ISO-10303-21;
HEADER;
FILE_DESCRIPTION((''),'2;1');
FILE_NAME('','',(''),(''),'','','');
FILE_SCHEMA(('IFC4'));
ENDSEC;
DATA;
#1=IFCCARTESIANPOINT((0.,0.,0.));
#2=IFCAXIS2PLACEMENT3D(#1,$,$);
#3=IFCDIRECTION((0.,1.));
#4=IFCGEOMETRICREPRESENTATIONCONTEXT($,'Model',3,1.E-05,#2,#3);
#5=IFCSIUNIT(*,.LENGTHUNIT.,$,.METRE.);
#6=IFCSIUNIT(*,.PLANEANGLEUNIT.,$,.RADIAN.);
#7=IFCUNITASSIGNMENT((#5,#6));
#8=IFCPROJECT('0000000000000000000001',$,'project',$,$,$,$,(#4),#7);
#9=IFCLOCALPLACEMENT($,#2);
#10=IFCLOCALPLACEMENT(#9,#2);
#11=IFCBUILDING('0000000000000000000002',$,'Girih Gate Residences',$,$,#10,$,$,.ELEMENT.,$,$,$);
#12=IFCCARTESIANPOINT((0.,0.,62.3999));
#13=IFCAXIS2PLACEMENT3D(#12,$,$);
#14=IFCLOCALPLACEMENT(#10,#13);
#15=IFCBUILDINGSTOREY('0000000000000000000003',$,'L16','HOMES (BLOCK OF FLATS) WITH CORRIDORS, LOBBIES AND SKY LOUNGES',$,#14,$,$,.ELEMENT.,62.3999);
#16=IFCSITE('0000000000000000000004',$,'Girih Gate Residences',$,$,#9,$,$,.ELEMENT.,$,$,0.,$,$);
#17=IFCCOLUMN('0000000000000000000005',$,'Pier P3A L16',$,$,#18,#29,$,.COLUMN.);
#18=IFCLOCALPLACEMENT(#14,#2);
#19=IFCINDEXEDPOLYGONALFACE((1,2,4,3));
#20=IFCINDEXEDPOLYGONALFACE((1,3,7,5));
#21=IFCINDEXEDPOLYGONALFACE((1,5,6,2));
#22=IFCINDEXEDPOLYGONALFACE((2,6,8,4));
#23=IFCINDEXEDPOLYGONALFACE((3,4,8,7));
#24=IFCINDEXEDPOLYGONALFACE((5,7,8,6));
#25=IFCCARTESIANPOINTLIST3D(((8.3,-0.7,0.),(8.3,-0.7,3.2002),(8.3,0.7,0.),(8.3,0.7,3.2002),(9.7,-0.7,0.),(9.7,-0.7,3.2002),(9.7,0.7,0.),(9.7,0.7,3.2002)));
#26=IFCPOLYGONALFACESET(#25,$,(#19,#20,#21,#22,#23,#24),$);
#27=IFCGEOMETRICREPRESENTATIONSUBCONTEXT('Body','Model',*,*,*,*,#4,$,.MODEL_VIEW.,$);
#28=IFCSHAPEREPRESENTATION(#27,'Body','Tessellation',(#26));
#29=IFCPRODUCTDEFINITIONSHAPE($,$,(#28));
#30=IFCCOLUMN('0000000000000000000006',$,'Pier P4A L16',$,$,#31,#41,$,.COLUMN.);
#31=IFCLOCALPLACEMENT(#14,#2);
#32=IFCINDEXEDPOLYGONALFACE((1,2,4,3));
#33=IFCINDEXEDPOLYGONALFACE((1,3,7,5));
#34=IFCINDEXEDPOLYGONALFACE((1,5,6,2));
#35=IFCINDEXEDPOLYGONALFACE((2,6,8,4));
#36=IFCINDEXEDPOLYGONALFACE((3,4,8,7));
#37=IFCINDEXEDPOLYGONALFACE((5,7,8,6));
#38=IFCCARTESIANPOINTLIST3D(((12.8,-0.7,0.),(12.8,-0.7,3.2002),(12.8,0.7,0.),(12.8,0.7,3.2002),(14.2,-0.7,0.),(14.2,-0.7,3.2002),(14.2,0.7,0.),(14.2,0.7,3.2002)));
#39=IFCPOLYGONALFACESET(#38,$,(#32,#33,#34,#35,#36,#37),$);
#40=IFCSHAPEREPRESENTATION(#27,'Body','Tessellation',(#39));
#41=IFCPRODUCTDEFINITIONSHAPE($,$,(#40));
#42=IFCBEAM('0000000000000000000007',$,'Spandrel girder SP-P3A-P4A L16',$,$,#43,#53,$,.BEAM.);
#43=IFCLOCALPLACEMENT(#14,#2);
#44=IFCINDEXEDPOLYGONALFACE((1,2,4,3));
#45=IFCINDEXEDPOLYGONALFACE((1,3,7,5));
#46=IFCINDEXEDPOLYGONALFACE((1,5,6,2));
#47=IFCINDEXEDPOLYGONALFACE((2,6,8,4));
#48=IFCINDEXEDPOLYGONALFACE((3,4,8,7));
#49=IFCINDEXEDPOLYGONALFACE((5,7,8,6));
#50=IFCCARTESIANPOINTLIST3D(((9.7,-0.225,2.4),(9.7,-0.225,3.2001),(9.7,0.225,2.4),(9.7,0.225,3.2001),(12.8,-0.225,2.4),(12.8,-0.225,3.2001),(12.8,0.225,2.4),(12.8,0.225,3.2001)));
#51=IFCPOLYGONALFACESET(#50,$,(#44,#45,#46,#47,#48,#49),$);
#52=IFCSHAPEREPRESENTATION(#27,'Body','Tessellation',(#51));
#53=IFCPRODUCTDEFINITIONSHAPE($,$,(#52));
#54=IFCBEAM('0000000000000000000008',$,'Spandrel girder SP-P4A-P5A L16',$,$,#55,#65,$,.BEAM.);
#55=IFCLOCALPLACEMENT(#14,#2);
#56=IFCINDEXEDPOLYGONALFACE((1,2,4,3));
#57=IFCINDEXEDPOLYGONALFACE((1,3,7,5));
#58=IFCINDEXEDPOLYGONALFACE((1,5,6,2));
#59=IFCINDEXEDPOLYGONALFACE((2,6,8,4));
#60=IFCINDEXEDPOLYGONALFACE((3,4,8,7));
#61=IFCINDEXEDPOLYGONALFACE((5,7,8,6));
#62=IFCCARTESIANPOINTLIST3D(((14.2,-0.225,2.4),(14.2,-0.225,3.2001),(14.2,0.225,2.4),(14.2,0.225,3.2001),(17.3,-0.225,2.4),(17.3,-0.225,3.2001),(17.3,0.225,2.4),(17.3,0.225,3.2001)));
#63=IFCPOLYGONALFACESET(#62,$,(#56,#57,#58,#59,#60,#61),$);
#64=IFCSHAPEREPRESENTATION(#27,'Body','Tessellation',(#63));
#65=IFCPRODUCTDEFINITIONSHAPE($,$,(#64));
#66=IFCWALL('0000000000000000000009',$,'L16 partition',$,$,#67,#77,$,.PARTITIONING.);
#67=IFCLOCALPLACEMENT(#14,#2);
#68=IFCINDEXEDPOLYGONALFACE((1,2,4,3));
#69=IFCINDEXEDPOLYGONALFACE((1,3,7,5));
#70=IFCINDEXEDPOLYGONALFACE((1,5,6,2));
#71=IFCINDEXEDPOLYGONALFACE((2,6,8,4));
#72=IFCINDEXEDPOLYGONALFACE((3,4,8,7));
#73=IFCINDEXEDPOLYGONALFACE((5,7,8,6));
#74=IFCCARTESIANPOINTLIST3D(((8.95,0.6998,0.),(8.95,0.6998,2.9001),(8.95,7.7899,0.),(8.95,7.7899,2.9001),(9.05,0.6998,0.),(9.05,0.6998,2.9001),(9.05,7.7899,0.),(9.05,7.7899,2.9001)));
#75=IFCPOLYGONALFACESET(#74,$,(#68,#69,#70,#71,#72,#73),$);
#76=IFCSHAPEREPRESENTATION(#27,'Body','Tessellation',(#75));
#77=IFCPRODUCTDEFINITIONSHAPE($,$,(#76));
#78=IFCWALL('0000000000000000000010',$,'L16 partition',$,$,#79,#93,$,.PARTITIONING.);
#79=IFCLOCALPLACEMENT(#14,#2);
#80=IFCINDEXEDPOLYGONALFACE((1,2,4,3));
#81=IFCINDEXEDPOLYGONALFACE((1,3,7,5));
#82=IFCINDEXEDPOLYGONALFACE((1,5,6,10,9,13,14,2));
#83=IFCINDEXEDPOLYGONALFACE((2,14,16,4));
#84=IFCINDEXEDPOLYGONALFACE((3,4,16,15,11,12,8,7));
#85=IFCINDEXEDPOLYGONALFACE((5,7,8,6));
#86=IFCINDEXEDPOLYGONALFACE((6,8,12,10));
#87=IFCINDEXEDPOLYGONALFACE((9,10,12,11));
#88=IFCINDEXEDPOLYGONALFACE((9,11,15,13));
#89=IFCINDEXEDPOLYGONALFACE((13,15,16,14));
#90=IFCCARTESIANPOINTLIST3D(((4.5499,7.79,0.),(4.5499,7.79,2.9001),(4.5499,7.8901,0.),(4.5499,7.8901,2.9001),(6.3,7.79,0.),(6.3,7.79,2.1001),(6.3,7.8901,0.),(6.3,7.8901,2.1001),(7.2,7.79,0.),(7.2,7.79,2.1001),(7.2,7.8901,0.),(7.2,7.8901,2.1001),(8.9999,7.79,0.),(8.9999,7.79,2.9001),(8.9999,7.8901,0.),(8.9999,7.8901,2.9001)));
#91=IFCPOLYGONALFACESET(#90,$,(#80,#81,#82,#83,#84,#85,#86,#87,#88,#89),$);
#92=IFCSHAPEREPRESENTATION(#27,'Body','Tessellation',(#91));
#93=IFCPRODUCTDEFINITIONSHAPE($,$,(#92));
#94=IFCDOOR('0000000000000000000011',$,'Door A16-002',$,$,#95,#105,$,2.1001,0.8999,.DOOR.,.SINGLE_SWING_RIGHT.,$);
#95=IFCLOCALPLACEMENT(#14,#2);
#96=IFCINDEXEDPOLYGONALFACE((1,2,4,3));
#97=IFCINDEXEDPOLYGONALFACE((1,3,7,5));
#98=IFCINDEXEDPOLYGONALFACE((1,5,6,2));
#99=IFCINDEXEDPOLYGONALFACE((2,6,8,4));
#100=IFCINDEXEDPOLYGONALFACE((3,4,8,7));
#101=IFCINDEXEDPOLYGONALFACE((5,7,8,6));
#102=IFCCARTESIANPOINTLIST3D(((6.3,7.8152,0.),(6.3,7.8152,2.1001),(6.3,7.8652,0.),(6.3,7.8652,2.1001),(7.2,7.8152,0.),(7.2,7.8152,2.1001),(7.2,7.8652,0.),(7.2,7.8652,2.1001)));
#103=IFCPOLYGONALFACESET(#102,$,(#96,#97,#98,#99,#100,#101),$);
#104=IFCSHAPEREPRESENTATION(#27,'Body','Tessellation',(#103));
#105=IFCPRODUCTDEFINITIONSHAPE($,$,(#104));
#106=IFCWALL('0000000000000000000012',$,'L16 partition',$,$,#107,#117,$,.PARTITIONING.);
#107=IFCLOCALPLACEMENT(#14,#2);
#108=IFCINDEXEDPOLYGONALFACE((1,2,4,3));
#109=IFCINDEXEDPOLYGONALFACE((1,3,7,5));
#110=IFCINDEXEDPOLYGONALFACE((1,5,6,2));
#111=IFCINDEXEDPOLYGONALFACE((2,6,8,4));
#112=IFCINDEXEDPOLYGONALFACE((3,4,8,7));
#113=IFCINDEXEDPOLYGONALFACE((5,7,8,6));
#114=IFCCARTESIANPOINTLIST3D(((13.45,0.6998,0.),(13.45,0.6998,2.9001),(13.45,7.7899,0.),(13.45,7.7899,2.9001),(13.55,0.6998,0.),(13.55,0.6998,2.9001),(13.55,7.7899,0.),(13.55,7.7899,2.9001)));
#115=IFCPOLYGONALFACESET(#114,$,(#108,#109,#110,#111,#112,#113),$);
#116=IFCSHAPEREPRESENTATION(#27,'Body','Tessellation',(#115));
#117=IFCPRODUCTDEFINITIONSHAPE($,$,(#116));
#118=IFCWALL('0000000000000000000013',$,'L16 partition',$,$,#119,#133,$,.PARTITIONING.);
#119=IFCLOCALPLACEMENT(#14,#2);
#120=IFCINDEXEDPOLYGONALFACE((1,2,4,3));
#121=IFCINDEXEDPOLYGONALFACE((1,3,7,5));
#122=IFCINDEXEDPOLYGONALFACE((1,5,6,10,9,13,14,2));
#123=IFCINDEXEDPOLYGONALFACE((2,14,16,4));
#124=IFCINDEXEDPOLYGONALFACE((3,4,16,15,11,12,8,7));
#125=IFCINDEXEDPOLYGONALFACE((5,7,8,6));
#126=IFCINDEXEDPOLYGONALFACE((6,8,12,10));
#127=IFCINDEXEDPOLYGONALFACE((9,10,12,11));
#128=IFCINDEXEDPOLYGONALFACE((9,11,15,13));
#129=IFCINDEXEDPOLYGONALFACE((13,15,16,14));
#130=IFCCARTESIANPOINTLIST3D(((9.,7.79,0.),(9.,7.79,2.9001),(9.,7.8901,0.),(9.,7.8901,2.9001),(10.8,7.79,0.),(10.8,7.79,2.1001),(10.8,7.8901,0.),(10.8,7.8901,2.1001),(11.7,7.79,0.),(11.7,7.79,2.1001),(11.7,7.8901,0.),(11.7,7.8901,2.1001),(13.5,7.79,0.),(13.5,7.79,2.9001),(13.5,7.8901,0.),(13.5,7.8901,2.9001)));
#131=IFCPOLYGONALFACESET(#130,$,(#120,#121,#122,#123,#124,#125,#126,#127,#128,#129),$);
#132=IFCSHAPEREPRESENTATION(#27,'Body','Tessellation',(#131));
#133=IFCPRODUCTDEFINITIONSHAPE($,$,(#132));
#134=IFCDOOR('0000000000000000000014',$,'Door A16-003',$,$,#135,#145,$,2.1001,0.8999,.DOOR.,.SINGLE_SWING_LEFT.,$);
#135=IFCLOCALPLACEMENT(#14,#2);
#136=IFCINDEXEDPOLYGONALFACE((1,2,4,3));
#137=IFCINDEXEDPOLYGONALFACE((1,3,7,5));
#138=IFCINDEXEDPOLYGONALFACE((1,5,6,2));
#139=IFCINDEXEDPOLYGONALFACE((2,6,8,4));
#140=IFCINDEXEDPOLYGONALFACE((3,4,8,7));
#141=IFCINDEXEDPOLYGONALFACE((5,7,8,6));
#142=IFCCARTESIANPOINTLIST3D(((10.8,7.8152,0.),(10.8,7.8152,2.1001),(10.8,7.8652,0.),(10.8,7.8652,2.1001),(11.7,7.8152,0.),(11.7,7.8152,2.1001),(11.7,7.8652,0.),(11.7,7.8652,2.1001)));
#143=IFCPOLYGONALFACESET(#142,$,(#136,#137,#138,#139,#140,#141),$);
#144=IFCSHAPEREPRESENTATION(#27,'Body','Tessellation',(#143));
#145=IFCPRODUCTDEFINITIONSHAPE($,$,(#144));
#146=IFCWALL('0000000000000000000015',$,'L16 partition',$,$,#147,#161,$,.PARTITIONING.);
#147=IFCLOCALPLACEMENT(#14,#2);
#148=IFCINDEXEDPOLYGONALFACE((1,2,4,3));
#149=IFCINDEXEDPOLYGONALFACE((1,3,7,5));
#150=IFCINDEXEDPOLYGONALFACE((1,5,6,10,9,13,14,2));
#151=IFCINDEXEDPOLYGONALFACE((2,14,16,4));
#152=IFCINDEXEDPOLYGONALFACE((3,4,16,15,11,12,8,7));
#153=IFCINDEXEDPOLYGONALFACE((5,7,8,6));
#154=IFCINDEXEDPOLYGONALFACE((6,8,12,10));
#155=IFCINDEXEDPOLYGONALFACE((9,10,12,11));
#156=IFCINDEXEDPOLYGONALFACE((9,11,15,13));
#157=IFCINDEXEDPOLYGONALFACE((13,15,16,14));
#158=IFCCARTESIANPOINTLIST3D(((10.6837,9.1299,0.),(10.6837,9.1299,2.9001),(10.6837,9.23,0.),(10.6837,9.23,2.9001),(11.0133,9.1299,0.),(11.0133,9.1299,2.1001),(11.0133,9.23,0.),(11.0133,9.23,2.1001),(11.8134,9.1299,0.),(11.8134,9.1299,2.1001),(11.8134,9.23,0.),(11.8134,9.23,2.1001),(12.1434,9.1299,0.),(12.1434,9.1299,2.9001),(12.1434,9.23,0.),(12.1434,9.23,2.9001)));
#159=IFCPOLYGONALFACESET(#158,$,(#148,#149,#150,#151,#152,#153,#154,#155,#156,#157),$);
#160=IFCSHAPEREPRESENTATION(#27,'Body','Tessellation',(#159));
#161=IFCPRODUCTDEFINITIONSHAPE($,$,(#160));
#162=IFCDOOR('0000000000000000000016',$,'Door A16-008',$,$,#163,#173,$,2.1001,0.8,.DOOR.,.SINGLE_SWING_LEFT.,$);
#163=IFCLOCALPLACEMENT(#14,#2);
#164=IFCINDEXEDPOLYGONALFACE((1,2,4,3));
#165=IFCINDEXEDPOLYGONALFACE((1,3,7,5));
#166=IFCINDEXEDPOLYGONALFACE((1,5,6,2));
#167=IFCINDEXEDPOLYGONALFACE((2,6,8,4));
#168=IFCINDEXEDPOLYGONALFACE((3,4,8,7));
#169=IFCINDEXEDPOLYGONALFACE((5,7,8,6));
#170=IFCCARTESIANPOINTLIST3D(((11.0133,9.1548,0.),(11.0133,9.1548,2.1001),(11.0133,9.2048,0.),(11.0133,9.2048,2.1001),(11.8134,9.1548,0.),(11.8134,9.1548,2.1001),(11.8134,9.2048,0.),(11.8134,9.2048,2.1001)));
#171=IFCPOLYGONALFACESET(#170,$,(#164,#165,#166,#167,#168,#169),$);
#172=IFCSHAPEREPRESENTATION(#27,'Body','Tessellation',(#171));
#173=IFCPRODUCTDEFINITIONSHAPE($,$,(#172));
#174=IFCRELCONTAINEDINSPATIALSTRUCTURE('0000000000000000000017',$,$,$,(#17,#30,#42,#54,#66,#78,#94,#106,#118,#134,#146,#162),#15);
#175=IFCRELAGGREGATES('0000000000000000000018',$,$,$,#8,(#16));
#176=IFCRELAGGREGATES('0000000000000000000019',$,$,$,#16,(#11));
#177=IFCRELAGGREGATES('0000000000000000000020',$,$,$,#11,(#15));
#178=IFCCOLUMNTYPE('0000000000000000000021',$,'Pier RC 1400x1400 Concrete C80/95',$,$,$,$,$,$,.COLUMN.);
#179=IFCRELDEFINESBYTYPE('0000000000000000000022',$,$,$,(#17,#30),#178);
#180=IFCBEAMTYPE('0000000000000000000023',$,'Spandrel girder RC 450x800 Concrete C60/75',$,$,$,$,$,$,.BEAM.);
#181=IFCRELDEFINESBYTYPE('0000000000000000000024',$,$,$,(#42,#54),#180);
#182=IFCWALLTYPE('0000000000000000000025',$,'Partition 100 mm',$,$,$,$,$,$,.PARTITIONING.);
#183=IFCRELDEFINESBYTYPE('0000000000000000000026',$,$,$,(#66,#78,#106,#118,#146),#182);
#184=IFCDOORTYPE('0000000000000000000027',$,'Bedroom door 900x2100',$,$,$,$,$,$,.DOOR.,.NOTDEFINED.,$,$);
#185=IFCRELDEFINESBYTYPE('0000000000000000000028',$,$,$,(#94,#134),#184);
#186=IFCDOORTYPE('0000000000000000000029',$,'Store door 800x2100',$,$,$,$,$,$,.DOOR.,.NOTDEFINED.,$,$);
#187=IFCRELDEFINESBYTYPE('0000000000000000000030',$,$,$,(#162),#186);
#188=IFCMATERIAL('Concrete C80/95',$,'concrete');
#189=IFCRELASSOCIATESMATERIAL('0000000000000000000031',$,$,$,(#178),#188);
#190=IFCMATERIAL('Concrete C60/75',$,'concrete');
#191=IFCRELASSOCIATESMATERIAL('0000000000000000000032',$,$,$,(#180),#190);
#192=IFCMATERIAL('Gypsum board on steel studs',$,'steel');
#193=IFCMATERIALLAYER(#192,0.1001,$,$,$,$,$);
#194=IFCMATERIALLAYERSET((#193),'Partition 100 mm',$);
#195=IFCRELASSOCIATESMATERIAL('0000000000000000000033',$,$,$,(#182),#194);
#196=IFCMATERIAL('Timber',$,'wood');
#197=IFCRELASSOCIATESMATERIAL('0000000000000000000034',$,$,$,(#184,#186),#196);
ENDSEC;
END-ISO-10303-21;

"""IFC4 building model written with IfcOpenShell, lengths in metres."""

from ifc_helpers import new_model, si_unit, direction, frame, frame_2d, origin, origin_2d, place, context, subcontext, project, spatial, rectangle, extrude, material, layer, layer_set, material_profile, profile_set, type_object, element, fill, save


model = new_model("IFC4")

# Units and contexts
model_context = context("Model", 3, precision=1e-05, world=origin(), true_north=direction((0.0, 1.0)))
body_context = subcontext(model_context, "Body", "Model", "MODEL_VIEW")
ifc_project = project(units=[si_unit("LENGTHUNIT", "METRE"), si_unit("PLANEANGLEUNIT", "RADIAN")], contexts=[model_context])

# Site, building, storey
site_placement = place(None, origin())
site = spatial("IfcSite", under=ifc_project, at=site_placement, Name="Girih Gate Residences", CompositionType="ELEMENT", RefElevation=0.0)
building_placement = place(site_placement, origin())
building = spatial("IfcBuilding", under=site, at=building_placement, Name="Girih Gate Residences", CompositionType="ELEMENT")
storey_placement = place(building_placement, frame((0.0, 0.0, 62.3999)))
storey = spatial("IfcBuildingStorey", under=building, at=storey_placement, Name="L16", Description="HOMES (BLOCK OF FLATS) WITH CORRIDORS, LOBBIES AND SKY LOUNGES", CompositionType="ELEMENT", Elevation=62.3999)

# Columns
ifc_material_1 = material(Name="Concrete C80/95", Category="concrete")
ifc_material_profile_1 = material_profile(ifc_material_1, rectangle(XDim=1.3999, YDim=1.3999, at=origin_2d()))
ifc_profile_set_1 = profile_set([ifc_material_profile_1], Name="Concrete C80/95")
column_type = type_object("IfcColumnType", Name="Pier RC 1400x1400 Concrete C80/95", PredefinedType="COLUMN", material=ifc_profile_set_1)
for number, where, z_axis, x_axis, name in (
    (1, (9.0, 0.0, 0.0), (0.0, 0.0, 1.0), (1.0, 0.0, 0.0), "Pier P3A L16"),
    (2, (13.5, 0.0, 0.0), (0.0, 0.0, 1.0), (1.0, 0.0, 0.0), "Pier P4A L16"),
):
    element("IfcColumn", number, at=place(storey_placement, frame(where, z_axis=z_axis, x_axis=x_axis)), inside=storey, type_object=column_type, Name=name, PredefinedType="COLUMN", context=body_context, shape_type="SweptSolid", body=[
        extrude(rectangle(XDim=1.3999, YDim=1.3999, at=origin_2d()), origin(), (0.0, 0.0, 1.0), 3.2002),
    ])

# Beams
ifc_material_2 = material(Name="Concrete C60/75", Category="concrete")
ifc_material_profile_2 = material_profile(ifc_material_2, rectangle(XDim=0.45, YDim=0.8, at=origin_2d()))
ifc_profile_set_2 = profile_set([ifc_material_profile_2], Name="Concrete C60/75")
beam_type = type_object("IfcBeamType", Name="Spandrel girder RC 450x800 Concrete C60/75", PredefinedType="BEAM", material=ifc_profile_set_2)
for number, where, z_axis, x_axis, name in (
    (3, (9.7, 0.0, 2.8), (1.0, 0.0, 0.0), (0.0, 1.0, 0.0), "Spandrel girder SP-P3A-P4A L16"),
    (4, (14.2, 0.0, 2.8), (1.0, 0.0, 0.0), (0.0, 1.0, 0.0), "Spandrel girder SP-P4A-P5A L16"),
):
    element("IfcBeam", number, at=place(storey_placement, frame(where, z_axis=z_axis, x_axis=x_axis)), inside=storey, type_object=beam_type, Name=name, PredefinedType="BEAM", context=body_context, shape_type="SweptSolid", body=[
        extrude(rectangle(XDim=0.45, YDim=0.8, at=origin_2d()), origin(), (0.0, 0.0, 1.0), 3.1001),
    ])

# Wall
ifc_material_3 = material(Name="Gypsum board on steel studs", Category="steel")
ifc_layer_1 = layer(ifc_material_3, 0.1001)
ifc_layer_set_1 = layer_set([ifc_layer_1], Name="Partition 100 mm")
wall_type_1 = type_object("IfcWallType", Name="Partition 100 mm", PredefinedType="PARTITIONING", material=ifc_layer_set_1)
wall_1_placement = place(storey_placement, frame((9.0, 0.7, 0.0), z_axis=(0.0, 0.0, 1.0), x_axis=(0.0, 1.0, 0.0)))
element("IfcWall", 5, at=wall_1_placement, inside=storey, type_object=wall_type_1, Name="L16 partition", PredefinedType="PARTITIONING", context=body_context, shape_type="SweptSolid", body=[
    extrude(rectangle(XDim=7.0901, YDim=0.1001, at=frame_2d((3.5449, 0.0))), origin(), (0.0, 0.0, 1.0), 2.9001),
])

# Wall, opening, door
wall_2_placement = place(storey_placement, frame((9.0, 7.8401, 0.0), z_axis=(0.0, 0.0, 1.0), x_axis=(-1.0, 0.0, 0.0)))
wall_2 = element("IfcWall", 6, at=wall_2_placement, inside=storey, type_object=wall_type_1, Name="L16 partition", PredefinedType="PARTITIONING", context=body_context, shape_type="SweptSolid", body=[
    extrude(rectangle(XDim=4.45, YDim=0.1001, at=frame_2d((2.2251, 0.0))), origin(), (0.0, 0.0, 1.0), 2.9001),
])
opening_1_placement = place(wall_2_placement, frame((1.8, 0.0, 0.0)))
opening_1 = element("IfcOpeningElement", 7, at=opening_1_placement, cuts=wall_2, PredefinedType="OPENING", context=body_context, shape_type="SweptSolid", body=[
    extrude(rectangle(XDim=0.8999, YDim=2.1001, at=frame_2d((0.45, 1.05))), frame((0.0, 0.0601, 0.0), z_axis=(0.0, -1.0, 0.0), x_axis=(1.0, 0.0, 0.0)), (0.0, 0.0, 1.0), 0.1201),
])
ifc_material_4 = material(Name="Timber", Category="wood")
door_type_1 = type_object("IfcDoorType", Name="Bedroom door 900x2100", OperationType="NOTDEFINED", PredefinedType="DOOR", material=ifc_material_4)
door_1_placement = place(opening_1_placement, origin())
door_1 = element("IfcDoor", 8, at=door_1_placement, inside=storey, type_object=door_type_1, Name="Door A16-002", OperationType="SINGLE_SWING_RIGHT", OverallHeight=2.1001, OverallWidth=0.8999, PredefinedType="DOOR", context=body_context, shape_type="SweptSolid", body=[
    extrude(rectangle(XDim=0.8999, YDim=2.1001, at=frame_2d((0.45, 1.05))), frame((0.0, 0.0249, 0.0), z_axis=(0.0, -1.0, 0.0), x_axis=(1.0, 0.0, 0.0)), (0.0, 0.0, 1.0), 0.05),
])
fill(opening_1, door_1)

# Wall
wall_3_placement = place(storey_placement, frame((13.5, 0.7, 0.0), z_axis=(0.0, 0.0, 1.0), x_axis=(0.0, 1.0, 0.0)))
element("IfcWall", 9, at=wall_3_placement, inside=storey, type_object=wall_type_1, Name="L16 partition", PredefinedType="PARTITIONING", context=body_context, shape_type="SweptSolid", body=[
    extrude(rectangle(XDim=7.0901, YDim=0.1001, at=frame_2d((3.5449, 0.0))), origin(), (0.0, 0.0, 1.0), 2.9001),
])

# Walls, openings, doors
wall_4_placement = place(storey_placement, frame((13.5, 7.8401, 0.0), z_axis=(0.0, 0.0, 1.0), x_axis=(-1.0, 0.0, 0.0)))
wall_4 = element("IfcWall", 10, at=wall_4_placement, inside=storey, type_object=wall_type_1, Name="L16 partition", PredefinedType="PARTITIONING", context=body_context, shape_type="SweptSolid", body=[
    extrude(rectangle(XDim=4.5, YDim=0.1001, at=frame_2d((2.25, 0.0))), origin(), (0.0, 0.0, 1.0), 2.9001),
])
opening_2_placement = place(wall_4_placement, frame((1.8, 0.0, 0.0)))
opening_2 = element("IfcOpeningElement", 11, at=opening_2_placement, cuts=wall_4, PredefinedType="OPENING", context=body_context, shape_type="SweptSolid", body=[
    extrude(rectangle(XDim=0.8999, YDim=2.1001, at=frame_2d((0.45, 1.05))), frame((0.0, 0.0601, 0.0), z_axis=(0.0, -1.0, 0.0), x_axis=(1.0, 0.0, 0.0)), (0.0, 0.0, 1.0), 0.1201),
])
door_2_placement = place(opening_2_placement, origin())
door_2 = element("IfcDoor", 12, at=door_2_placement, inside=storey, type_object=door_type_1, Name="Door A16-003", OperationType="SINGLE_SWING_LEFT", OverallHeight=2.1001, OverallWidth=0.8999, PredefinedType="DOOR", context=body_context, shape_type="SweptSolid", body=[
    extrude(rectangle(XDim=0.8999, YDim=2.1001, at=frame_2d((0.45, 1.05))), frame((0.0, 0.0249, 0.0), z_axis=(0.0, -1.0, 0.0), x_axis=(1.0, 0.0, 0.0)), (0.0, 0.0, 1.0), 0.05),
])
fill(opening_2, door_2)
wall_5_placement = place(storey_placement, frame((10.6836, 9.1799, 0.0), z_axis=(0.0, 0.0, 1.0), x_axis=(1.0, 0.0, 0.0)))
wall_5 = element("IfcWall", 13, at=wall_5_placement, inside=storey, type_object=wall_type_1, Name="L16 partition", PredefinedType="PARTITIONING", context=body_context, shape_type="SweptSolid", body=[
    extrude(rectangle(XDim=1.4597, YDim=0.1001, at=frame_2d((0.73, 0.0))), origin(), (0.0, 0.0, 1.0), 2.9001),
])
opening_3_placement = place(wall_5_placement, frame((0.3298, 0.0, 0.0)))
opening_3 = element("IfcOpeningElement", 14, at=opening_3_placement, cuts=wall_5, PredefinedType="OPENING", context=body_context, shape_type="SweptSolid", body=[
    extrude(rectangle(XDim=0.8, YDim=2.1001, at=frame_2d((0.3999, 1.05))), frame((0.0, 0.0601, 0.0), z_axis=(0.0, -1.0, 0.0), x_axis=(1.0, 0.0, 0.0)), (0.0, 0.0, 1.0), 0.1201),
])
door_type_2 = type_object("IfcDoorType", Name="Store door 800x2100", OperationType="NOTDEFINED", PredefinedType="DOOR", material=ifc_material_4)
door_3_placement = place(opening_3_placement, origin())
door_3 = element("IfcDoor", 15, at=door_3_placement, inside=storey, type_object=door_type_2, Name="Door A16-008", OperationType="SINGLE_SWING_LEFT", OverallHeight=2.1001, OverallWidth=0.8, PredefinedType="DOOR", context=body_context, shape_type="SweptSolid", body=[
    extrude(rectangle(XDim=0.8, YDim=2.1001, at=frame_2d((0.3999, 1.05))), frame((0.0, 0.0249, 0.0), z_axis=(0.0, -1.0, 0.0), x_axis=(1.0, 0.0, 0.0)), (0.0, 0.0, 1.0), 0.05),
])
fill(opening_3, door_3)

save(model, "model.ifc")
